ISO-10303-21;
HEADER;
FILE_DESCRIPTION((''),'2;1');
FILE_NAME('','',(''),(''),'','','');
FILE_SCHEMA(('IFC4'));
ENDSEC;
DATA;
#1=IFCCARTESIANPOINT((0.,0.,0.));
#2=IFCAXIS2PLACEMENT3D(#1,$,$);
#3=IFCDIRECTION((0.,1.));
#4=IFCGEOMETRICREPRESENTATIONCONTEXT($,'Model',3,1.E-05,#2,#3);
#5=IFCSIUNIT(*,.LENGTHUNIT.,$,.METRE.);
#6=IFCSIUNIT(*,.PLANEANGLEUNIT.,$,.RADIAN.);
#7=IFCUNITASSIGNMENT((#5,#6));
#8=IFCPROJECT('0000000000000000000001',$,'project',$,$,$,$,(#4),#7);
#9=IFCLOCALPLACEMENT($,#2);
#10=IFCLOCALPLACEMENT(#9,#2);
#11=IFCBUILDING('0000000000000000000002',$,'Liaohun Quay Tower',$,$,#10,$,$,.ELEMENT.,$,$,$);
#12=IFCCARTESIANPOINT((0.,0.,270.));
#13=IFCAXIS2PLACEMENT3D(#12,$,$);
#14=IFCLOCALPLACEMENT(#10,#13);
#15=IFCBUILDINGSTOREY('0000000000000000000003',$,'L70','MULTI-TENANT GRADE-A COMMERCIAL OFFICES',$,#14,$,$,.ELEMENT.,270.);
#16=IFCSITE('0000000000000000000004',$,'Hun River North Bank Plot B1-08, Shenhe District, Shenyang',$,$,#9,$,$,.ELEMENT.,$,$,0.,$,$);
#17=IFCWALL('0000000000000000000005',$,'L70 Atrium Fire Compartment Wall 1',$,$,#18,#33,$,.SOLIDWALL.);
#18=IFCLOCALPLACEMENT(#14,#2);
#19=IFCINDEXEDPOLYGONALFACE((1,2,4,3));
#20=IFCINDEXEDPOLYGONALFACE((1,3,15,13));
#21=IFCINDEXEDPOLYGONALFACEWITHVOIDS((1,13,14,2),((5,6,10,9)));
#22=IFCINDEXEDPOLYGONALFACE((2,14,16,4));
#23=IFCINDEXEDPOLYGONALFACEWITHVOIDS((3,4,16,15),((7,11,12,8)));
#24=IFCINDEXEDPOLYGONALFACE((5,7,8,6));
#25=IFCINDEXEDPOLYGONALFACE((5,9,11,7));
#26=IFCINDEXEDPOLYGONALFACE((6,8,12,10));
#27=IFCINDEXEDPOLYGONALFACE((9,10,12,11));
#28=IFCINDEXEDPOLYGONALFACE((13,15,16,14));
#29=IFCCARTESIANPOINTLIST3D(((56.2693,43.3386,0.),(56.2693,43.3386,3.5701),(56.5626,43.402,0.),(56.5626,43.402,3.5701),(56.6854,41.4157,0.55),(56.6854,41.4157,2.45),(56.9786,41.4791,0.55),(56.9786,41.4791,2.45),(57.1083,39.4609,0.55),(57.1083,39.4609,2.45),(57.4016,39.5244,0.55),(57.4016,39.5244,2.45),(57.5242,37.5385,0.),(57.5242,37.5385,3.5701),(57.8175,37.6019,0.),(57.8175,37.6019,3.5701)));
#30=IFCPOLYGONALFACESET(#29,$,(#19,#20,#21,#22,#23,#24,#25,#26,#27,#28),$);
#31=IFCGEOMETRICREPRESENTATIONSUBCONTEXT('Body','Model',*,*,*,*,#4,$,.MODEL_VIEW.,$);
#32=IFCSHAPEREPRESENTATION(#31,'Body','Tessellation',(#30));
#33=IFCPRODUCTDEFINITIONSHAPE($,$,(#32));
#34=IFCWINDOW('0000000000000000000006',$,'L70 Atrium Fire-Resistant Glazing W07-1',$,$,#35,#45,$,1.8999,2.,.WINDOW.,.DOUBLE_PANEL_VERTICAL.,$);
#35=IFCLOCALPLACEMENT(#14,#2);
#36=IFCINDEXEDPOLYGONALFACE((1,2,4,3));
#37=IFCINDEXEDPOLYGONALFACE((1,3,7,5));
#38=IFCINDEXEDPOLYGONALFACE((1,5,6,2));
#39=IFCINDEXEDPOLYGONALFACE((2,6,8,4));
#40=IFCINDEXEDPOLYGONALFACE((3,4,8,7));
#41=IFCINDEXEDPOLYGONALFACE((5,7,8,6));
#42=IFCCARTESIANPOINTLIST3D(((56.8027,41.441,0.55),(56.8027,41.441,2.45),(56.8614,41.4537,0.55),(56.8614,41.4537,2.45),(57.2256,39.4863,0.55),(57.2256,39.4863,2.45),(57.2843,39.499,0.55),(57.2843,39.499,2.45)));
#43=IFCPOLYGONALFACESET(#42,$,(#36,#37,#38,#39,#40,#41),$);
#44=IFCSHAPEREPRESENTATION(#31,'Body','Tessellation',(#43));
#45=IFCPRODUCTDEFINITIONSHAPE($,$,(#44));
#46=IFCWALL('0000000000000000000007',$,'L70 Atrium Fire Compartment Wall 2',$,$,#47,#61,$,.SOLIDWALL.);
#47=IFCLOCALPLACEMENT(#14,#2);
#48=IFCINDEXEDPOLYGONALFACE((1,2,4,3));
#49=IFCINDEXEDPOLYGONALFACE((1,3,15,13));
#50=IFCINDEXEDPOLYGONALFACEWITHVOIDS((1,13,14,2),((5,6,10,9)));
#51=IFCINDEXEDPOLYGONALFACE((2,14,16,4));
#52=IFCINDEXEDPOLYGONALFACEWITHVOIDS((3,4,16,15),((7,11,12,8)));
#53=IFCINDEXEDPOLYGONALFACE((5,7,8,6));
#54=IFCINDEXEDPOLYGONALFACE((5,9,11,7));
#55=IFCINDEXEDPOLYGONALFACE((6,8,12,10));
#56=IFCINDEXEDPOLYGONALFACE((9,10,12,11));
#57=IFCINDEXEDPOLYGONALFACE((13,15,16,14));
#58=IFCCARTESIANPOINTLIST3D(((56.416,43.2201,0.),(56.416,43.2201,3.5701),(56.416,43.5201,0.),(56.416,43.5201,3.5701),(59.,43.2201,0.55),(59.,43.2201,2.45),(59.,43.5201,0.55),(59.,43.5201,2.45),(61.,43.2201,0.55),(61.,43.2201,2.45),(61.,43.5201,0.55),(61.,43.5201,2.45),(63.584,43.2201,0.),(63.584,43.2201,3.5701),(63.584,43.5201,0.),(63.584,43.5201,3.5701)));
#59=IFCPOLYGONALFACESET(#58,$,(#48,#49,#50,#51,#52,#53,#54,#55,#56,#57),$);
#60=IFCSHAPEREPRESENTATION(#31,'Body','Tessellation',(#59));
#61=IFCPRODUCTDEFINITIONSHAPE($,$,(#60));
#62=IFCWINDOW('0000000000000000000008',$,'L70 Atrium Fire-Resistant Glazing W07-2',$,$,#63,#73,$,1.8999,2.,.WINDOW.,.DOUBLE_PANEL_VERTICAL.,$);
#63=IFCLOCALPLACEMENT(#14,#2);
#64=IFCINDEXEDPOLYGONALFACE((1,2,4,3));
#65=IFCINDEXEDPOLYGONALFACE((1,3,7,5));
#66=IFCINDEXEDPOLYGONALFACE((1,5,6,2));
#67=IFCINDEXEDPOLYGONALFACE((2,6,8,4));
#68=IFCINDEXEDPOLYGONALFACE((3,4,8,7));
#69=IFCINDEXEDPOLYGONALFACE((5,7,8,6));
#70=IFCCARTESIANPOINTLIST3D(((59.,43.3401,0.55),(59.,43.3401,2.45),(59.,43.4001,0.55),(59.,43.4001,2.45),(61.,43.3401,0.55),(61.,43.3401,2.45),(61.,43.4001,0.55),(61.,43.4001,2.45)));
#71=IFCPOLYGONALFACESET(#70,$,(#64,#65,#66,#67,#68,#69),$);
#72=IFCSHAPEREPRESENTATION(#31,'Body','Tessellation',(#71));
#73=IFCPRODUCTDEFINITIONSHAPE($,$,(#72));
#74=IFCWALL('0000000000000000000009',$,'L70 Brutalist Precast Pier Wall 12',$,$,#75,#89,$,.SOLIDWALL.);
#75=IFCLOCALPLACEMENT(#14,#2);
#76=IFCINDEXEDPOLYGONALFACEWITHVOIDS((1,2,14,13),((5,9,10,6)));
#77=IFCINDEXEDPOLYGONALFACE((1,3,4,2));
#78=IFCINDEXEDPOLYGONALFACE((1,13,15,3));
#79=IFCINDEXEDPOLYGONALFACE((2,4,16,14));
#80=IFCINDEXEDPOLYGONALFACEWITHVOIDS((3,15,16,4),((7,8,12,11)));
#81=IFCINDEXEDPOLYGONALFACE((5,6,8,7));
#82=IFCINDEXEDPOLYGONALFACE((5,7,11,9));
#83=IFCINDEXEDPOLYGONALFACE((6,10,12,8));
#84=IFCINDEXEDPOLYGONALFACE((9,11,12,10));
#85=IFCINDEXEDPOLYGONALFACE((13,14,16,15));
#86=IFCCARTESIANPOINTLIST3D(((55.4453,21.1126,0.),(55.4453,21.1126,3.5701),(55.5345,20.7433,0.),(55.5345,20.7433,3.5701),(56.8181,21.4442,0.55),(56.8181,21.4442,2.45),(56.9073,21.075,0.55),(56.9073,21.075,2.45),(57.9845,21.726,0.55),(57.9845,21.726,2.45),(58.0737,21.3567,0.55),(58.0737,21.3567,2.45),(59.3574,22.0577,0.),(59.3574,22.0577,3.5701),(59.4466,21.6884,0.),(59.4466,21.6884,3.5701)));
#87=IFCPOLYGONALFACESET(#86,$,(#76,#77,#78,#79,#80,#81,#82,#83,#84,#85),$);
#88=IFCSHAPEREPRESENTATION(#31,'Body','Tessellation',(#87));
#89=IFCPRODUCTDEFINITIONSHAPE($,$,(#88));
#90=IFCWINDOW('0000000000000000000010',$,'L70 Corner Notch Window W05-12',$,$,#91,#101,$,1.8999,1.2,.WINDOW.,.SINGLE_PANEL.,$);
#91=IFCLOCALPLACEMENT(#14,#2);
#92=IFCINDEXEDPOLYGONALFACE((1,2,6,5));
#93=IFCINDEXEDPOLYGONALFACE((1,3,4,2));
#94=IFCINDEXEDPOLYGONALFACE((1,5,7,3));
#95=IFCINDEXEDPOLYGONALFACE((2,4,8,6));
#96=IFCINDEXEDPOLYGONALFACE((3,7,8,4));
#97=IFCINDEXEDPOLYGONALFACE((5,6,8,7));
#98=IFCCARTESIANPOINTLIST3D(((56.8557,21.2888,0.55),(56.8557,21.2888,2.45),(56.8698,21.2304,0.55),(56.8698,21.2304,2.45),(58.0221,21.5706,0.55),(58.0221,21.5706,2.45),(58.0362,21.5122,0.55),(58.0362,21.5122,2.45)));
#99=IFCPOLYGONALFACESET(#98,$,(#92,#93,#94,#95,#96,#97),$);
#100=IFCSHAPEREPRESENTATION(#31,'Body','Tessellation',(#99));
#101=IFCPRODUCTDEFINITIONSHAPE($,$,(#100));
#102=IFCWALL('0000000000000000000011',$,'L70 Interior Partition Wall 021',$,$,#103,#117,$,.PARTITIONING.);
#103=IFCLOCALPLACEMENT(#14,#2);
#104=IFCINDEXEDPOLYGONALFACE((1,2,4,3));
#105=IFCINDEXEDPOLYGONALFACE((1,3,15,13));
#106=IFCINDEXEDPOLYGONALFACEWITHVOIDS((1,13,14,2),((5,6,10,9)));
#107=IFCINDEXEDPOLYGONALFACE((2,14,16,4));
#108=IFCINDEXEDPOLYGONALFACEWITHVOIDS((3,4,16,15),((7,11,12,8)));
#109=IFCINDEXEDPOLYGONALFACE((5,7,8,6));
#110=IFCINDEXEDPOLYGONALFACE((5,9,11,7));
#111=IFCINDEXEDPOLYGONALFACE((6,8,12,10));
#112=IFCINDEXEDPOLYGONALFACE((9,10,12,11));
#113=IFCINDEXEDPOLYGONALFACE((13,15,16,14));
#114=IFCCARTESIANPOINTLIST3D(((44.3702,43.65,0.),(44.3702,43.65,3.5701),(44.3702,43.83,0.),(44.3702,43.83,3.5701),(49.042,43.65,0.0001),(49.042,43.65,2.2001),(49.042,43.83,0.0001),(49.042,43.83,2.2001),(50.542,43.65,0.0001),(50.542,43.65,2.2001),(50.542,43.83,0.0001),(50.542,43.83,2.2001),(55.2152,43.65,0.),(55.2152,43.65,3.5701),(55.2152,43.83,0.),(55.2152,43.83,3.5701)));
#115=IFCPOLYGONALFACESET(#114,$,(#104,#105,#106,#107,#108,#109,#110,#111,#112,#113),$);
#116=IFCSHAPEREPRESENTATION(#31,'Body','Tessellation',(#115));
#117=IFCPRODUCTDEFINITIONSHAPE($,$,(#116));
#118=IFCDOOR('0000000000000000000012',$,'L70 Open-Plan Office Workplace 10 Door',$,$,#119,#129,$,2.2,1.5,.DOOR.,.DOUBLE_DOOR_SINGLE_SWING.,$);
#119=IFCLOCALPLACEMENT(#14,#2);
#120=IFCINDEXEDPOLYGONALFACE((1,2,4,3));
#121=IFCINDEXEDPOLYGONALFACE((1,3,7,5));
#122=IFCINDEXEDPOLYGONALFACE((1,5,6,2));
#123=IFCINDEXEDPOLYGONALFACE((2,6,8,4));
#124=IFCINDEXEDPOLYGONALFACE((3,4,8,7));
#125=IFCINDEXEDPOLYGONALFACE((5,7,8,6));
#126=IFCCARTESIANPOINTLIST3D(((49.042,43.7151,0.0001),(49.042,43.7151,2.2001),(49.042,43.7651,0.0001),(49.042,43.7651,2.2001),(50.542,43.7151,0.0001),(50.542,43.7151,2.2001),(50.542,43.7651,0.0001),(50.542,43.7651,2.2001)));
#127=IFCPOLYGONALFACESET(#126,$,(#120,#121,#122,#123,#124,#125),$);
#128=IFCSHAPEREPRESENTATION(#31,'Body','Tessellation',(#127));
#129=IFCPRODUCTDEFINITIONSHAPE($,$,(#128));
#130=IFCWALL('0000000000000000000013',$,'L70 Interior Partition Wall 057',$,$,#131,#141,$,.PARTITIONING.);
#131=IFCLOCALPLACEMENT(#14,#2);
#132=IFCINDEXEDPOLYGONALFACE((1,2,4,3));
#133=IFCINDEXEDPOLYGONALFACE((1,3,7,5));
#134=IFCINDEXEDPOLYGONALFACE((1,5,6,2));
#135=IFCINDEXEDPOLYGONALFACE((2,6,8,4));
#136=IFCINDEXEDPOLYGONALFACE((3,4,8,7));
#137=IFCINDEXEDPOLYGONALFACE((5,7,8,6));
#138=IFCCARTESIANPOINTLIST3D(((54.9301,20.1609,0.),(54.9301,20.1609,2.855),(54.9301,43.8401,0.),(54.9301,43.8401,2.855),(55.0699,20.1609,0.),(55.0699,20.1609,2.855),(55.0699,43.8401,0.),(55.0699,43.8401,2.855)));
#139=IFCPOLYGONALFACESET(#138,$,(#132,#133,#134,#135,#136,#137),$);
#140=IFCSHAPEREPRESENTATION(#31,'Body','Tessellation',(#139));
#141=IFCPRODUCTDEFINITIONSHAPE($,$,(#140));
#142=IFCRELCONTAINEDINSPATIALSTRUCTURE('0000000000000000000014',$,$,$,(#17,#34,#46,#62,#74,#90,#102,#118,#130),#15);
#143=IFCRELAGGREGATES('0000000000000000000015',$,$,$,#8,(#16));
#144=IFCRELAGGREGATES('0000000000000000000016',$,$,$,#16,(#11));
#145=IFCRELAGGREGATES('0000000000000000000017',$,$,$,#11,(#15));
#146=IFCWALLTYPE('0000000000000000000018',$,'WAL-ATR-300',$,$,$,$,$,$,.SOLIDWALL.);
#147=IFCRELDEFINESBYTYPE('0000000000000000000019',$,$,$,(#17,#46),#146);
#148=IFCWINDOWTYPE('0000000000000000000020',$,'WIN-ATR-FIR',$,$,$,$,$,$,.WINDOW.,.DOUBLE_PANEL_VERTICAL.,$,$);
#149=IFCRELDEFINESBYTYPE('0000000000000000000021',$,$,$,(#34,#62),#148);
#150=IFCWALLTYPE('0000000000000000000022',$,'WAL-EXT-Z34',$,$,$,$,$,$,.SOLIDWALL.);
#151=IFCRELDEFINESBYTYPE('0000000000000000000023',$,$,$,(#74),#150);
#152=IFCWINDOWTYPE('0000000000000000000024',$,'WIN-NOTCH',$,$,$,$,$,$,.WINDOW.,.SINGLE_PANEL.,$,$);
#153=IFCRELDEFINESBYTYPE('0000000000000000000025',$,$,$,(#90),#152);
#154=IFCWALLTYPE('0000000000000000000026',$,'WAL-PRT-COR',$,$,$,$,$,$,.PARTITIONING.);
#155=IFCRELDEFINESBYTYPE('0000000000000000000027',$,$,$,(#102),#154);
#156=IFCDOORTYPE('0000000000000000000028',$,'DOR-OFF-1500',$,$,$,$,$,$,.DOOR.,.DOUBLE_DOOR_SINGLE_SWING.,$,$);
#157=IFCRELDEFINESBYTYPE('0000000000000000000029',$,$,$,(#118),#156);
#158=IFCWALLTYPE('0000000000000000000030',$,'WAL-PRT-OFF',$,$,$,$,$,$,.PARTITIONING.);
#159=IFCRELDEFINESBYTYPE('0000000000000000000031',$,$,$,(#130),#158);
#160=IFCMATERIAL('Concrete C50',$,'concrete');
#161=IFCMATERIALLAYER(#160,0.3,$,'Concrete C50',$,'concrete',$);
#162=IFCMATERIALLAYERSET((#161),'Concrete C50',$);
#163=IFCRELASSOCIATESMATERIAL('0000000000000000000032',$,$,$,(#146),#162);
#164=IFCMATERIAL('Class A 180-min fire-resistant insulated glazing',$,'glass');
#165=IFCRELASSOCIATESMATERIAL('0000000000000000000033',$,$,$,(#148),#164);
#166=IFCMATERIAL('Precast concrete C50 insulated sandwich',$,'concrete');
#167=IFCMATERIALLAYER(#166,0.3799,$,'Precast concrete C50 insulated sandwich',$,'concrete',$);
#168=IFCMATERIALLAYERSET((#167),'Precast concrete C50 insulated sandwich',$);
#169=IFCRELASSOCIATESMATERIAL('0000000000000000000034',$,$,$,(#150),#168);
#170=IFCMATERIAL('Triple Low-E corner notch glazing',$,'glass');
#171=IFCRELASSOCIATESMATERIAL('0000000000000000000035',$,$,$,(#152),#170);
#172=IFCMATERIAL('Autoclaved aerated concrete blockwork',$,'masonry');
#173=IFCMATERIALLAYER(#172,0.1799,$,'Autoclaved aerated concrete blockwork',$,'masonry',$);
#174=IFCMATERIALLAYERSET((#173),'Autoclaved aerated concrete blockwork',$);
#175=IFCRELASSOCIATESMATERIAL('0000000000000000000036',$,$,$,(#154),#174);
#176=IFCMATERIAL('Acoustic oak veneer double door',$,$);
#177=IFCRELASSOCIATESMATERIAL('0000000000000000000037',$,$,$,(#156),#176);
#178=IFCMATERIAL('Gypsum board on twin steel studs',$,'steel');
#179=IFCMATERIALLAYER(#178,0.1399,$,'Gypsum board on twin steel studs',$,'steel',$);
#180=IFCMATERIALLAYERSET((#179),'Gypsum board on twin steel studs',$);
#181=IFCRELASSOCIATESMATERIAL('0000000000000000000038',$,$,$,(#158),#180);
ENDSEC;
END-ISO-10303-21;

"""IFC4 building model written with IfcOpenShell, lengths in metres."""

from ifc_helpers import new_model, si_unit, direction, frame, frame_2d, origin, place, context, subcontext, project, spatial, rectangle, extrude, source, transform, mapped, material, layer, layer_set, type_object, element, fill, save


model = new_model("IFC4")

# Units and contexts
model_context = context("Model", 3, precision=1e-05, world=origin(), true_north=direction((0.0, 1.0)))
body_context = subcontext(model_context, "Body", "Model", "MODEL_VIEW")
ifc_project = project(units=[si_unit("LENGTHUNIT", "METRE"), si_unit("PLANEANGLEUNIT", "RADIAN")], contexts=[model_context])

# Site, building, storey
site_placement = place(None, origin())
site = spatial("IfcSite", under=ifc_project, at=site_placement, Name="Hun River North Bank Plot B1-08, Shenhe District, Shenyang", CompositionType="ELEMENT", RefElevation=0.0)
building_placement = place(site_placement, origin())
building = spatial("IfcBuilding", under=site, at=building_placement, Name="Liaohun Quay Tower", CompositionType="ELEMENT")
storey_placement = place(building_placement, frame((0.0, 0.0, 270.0)))
storey = spatial("IfcBuildingStorey", under=building, at=storey_placement, Name="L70", Description="MULTI-TENANT GRADE-A COMMERCIAL OFFICES", CompositionType="ELEMENT", Elevation=270.0)

# Walls, openings, windows
ifc_material_1 = material(Name="Concrete C50", Category="concrete")
ifc_layer_1 = layer(ifc_material_1, 0.3, Name="Concrete C50", Category="concrete")
ifc_layer_set_1 = layer_set([ifc_layer_1], Name="Concrete C50")
wall_type_1 = type_object("IfcWallType", Name="WAL-ATR-300", PredefinedType="SOLIDWALL", material=ifc_layer_set_1)
wall_1_placement = place(storey_placement, frame((57.6709, 37.5701, 0.0), z_axis=(0.0, 0.0, 1.0), x_axis=(-0.211465, 0.977386, 0.0)))
wall_1 = element("IfcWall", 1, at=wall_1_placement, inside=storey, type_object=wall_type_1, Name="L70 Atrium Fire Compartment Wall 1", PredefinedType="SOLIDWALL", context=body_context, shape_type="SweptSolid", body=[
    extrude(rectangle(XDim=5.9343, YDim=0.3, at=frame_2d((2.9673, 0.0))), origin(), (0.0, 0.0, 1.0), 3.5701),
])
shared_shape_1 = source(origin(), body_context, "Body", "SweptSolid", [
    extrude(rectangle(XDim=2.0, YDim=1.8999, at=frame_2d((1.0, 0.95))), frame((0.0, 0.1599, 0.0), z_axis=(0.0, -1.0, 0.0), x_axis=(1.0, 0.0, 0.0)), (0.0, 0.0, 1.0), 0.3201),
])
opening_1_placement = place(wall_1_placement, frame((1.967, 0.0, 0.55)))
opening_1 = element("IfcOpeningElement", 2, at=opening_1_placement, cuts=wall_1, PredefinedType="OPENING", context=body_context, shape_type="MappedRepresentation", body=[
    mapped(shared_shape_1, transform((0.0, 0.0, 0.0), x_axis=(1.0, 0.0, 0.0), y_axis=(0.0, 1.0, 0.0), z_axis=(0.0, 0.0, 1.0), scale=1.0)),
])
ifc_material_2 = material(Name="Class A 180-min fire-resistant insulated glazing", Category="glass")
window_type_1 = type_object("IfcWindowType", Name="WIN-ATR-FIR", PartitioningType="DOUBLE_PANEL_VERTICAL", PredefinedType="WINDOW", material=ifc_material_2)
shared_shape_2 = source(origin(), body_context, "Body", "SweptSolid", [
    extrude(rectangle(XDim=2.0, YDim=1.8999, at=frame_2d((1.0, 0.95))), frame((0.0, 0.03, 0.0), z_axis=(0.0, -1.0, 0.0), x_axis=(1.0, 0.0, 0.0)), (0.0, 0.0, 1.0), 0.0601),
])
window_1_placement = place(opening_1_placement, origin())
window_1 = element("IfcWindow", 3, at=window_1_placement, inside=storey, type_object=window_type_1, Name="L70 Atrium Fire-Resistant Glazing W07-1", OverallHeight=1.8999, OverallWidth=2.0, PartitioningType="DOUBLE_PANEL_VERTICAL", PredefinedType="WINDOW", context=body_context, shape_type="MappedRepresentation", body=[
    mapped(shared_shape_2, transform((0.0, 0.0, 0.0), x_axis=(1.0, 0.0, 0.0), y_axis=(0.0, 1.0, 0.0), z_axis=(0.0, 0.0, 1.0), scale=1.0)),
])
fill(opening_1, window_1)
wall_2_placement = place(storey_placement, frame((56.416, 43.3701, 0.0), z_axis=(0.0, 0.0, 1.0), x_axis=(1.0, 0.0, 0.0)))
wall_2 = element("IfcWall", 4, at=wall_2_placement, inside=storey, type_object=wall_type_1, Name="L70 Atrium Fire Compartment Wall 2", PredefinedType="SOLIDWALL", context=body_context, shape_type="SweptSolid", body=[
    extrude(rectangle(XDim=7.168, YDim=0.3, at=frame_2d((3.584, 0.0))), origin(), (0.0, 0.0, 1.0), 3.5701),
])
opening_2_placement = place(wall_2_placement, frame((2.584, 0.0, 0.55)))
opening_2 = element("IfcOpeningElement", 5, at=opening_2_placement, cuts=wall_2, PredefinedType="OPENING", context=body_context, shape_type="MappedRepresentation", body=[
    mapped(shared_shape_1, transform((0.0, 0.0, 0.0), x_axis=(1.0, 0.0, 0.0), y_axis=(0.0, 1.0, 0.0), z_axis=(0.0, 0.0, 1.0), scale=1.0)),
])
window_2_placement = place(opening_2_placement, origin())
window_2 = element("IfcWindow", 6, at=window_2_placement, inside=storey, type_object=window_type_1, Name="L70 Atrium Fire-Resistant Glazing W07-2", OverallHeight=1.8999, OverallWidth=2.0, PartitioningType="DOUBLE_PANEL_VERTICAL", PredefinedType="WINDOW", context=body_context, shape_type="MappedRepresentation", body=[
    mapped(shared_shape_2, transform((0.0, 0.0, 0.0), x_axis=(1.0, 0.0, 0.0), y_axis=(0.0, 1.0, 0.0), z_axis=(0.0, 0.0, 1.0), scale=1.0)),
])
fill(opening_2, window_2)
ifc_material_3 = material(Name="Precast concrete C50 insulated sandwich", Category="concrete")
ifc_layer_2 = layer(ifc_material_3, 0.3799, Name="Precast concrete C50 insulated sandwich", Category="concrete")
ifc_layer_set_2 = layer_set([ifc_layer_2], Name="Precast concrete C50 insulated sandwich")
wall_type_2 = type_object("IfcWallType", Name="WAL-EXT-Z34", PredefinedType="SOLIDWALL", material=ifc_layer_set_2)
wall_3_placement = place(storey_placement, frame((55.49, 20.928, 0.0), z_axis=(0.0, 0.0, 1.0), x_axis=(0.972039, 0.23482, 0.0)))
wall_3 = element("IfcWall", 7, at=wall_3_placement, inside=storey, type_object=wall_type_2, Name="L70 Brutalist Precast Pier Wall 12", PredefinedType="SOLIDWALL", context=body_context, shape_type="SweptSolid", body=[
    extrude(rectangle(XDim=4.0247, YDim=0.3799, at=frame_2d((2.0122, 0.0))), origin(), (0.0, 0.0, 1.0), 3.5701),
])
shared_shape_3 = source(origin(), body_context, "Body", "SweptSolid", [
    extrude(rectangle(XDim=1.2, YDim=1.8999, at=frame_2d((0.6001, 0.95))), frame((0.0, 0.2, 0.0), z_axis=(0.0, -1.0, 0.0), x_axis=(1.0, 0.0, 0.0)), (0.0, 0.0, 1.0), 0.3999),
])
opening_3_placement = place(wall_3_placement, frame((1.4121, 0.0, 0.55)))
opening_3 = element("IfcOpeningElement", 8, at=opening_3_placement, cuts=wall_3, PredefinedType="OPENING", context=body_context, shape_type="MappedRepresentation", body=[
    mapped(shared_shape_3, transform((0.0, 0.0, 0.0), x_axis=(1.0, 0.0, 0.0), y_axis=(0.0, 1.0, 0.0), z_axis=(0.0, 0.0, 1.0), scale=1.0)),
])
ifc_material_4 = material(Name="Triple Low-E corner notch glazing", Category="glass")
window_type_2 = type_object("IfcWindowType", Name="WIN-NOTCH", PartitioningType="SINGLE_PANEL", PredefinedType="WINDOW", material=ifc_material_4)
shared_shape_4 = source(origin(), body_context, "Body", "SweptSolid", [
    extrude(rectangle(XDim=1.2, YDim=1.8999, at=frame_2d((0.6001, 0.95))), frame((0.0, 0.03, 0.0), z_axis=(0.0, -1.0, 0.0), x_axis=(1.0, 0.0, 0.0)), (0.0, 0.0, 1.0), 0.0601),
])
window_3_placement = place(opening_3_placement, origin())
window_3 = element("IfcWindow", 9, at=window_3_placement, inside=storey, type_object=window_type_2, Name="L70 Corner Notch Window W05-12", OverallHeight=1.8999, OverallWidth=1.2, PartitioningType="SINGLE_PANEL", PredefinedType="WINDOW", context=body_context, shape_type="MappedRepresentation", body=[
    mapped(shared_shape_4, transform((0.0, 0.0, 0.0), x_axis=(1.0, 0.0, 0.0), y_axis=(0.0, 1.0, 0.0), z_axis=(0.0, 0.0, 1.0), scale=1.0)),
])
fill(opening_3, window_3)

# Wall, opening, door
ifc_material_5 = material(Name="Autoclaved aerated concrete blockwork", Category="masonry")
ifc_layer_3 = layer(ifc_material_5, 0.1799, Name="Autoclaved aerated concrete blockwork", Category="masonry")
ifc_layer_set_3 = layer_set([ifc_layer_3], Name="Autoclaved aerated concrete blockwork")
wall_type_3 = type_object("IfcWallType", Name="WAL-PRT-COR", PredefinedType="PARTITIONING", material=ifc_layer_set_3)
wall_4_placement = place(storey_placement, frame((55.2151, 43.74, 0.0), z_axis=(0.0, 0.0, 1.0), x_axis=(-1.0, 0.0, 0.0)))
wall_4 = element("IfcWall", 10, at=wall_4_placement, inside=storey, type_object=wall_type_3, Name="L70 Interior Partition Wall 021", PredefinedType="PARTITIONING", context=body_context, shape_type="SweptSolid", body=[
    extrude(rectangle(XDim=10.845, YDim=0.1799, at=frame_2d((5.4224, 0.0))), origin(), (0.0, 0.0, 1.0), 3.5701),
])
shared_shape_5 = source(origin(), body_context, "Body", "SweptSolid", [
    extrude(rectangle(XDim=1.5, YDim=2.2, at=frame_2d((0.75, 1.1001))), frame((0.0, 0.0999, 0.0), z_axis=(0.0, -1.0, 0.0), x_axis=(1.0, 0.0, 0.0)), (0.0, 0.0, 1.0), 0.2),
])
opening_4_placement = place(wall_4_placement, frame((4.6731, 0.0, 0.0)))
opening_4 = element("IfcOpeningElement", 11, at=opening_4_placement, cuts=wall_4, PredefinedType="OPENING", context=body_context, shape_type="MappedRepresentation", body=[
    mapped(shared_shape_5, transform((0.0, 0.0, 0.0), x_axis=(1.0, 0.0, 0.0), y_axis=(0.0, 1.0, 0.0), z_axis=(0.0, 0.0, 1.0), scale=1.0)),
])
ifc_material_6 = material(Name="Acoustic oak veneer double door")
door_type = type_object("IfcDoorType", Name="DOR-OFF-1500", OperationType="DOUBLE_DOOR_SINGLE_SWING", PredefinedType="DOOR", material=ifc_material_6)
shared_shape_6 = source(origin(), body_context, "Body", "SweptSolid", [
    extrude(rectangle(XDim=1.5, YDim=2.2, at=frame_2d((0.75, 1.1001))), frame((0.0, 0.0249, 0.0), z_axis=(0.0, -1.0, 0.0), x_axis=(1.0, 0.0, 0.0)), (0.0, 0.0, 1.0), 0.05),
])
door_placement = place(opening_4_placement, origin())
door = element("IfcDoor", 12, at=door_placement, inside=storey, type_object=door_type, Name="L70 Open-Plan Office Workplace 10 Door", OperationType="DOUBLE_DOOR_SINGLE_SWING", OverallHeight=2.2, OverallWidth=1.5, PredefinedType="DOOR", context=body_context, shape_type="MappedRepresentation", body=[
    mapped(shared_shape_6, transform((0.0, 0.0, 0.0), x_axis=(1.0, 0.0, 0.0), y_axis=(0.0, 1.0, 0.0), z_axis=(0.0, 0.0, 1.0), scale=1.0)),
])
fill(opening_4, door)

# Wall
ifc_material_7 = material(Name="Gypsum board on twin steel studs", Category="steel")
ifc_layer_4 = layer(ifc_material_7, 0.1399, Name="Gypsum board on twin steel studs", Category="steel")
ifc_layer_set_4 = layer_set([ifc_layer_4], Name="Gypsum board on twin steel studs")
wall_type_4 = type_object("IfcWallType", Name="WAL-PRT-OFF", PredefinedType="PARTITIONING", material=ifc_layer_set_4)
wall_5_placement = place(storey_placement, frame((55.0, 43.8401, 0.0), z_axis=(0.0, 0.0, 1.0), x_axis=(0.0, -1.0, 0.0)))
element("IfcWall", 13, at=wall_5_placement, inside=storey, type_object=wall_type_4, Name="L70 Interior Partition Wall 057", PredefinedType="PARTITIONING", context=body_context, shape_type="SweptSolid", body=[
    extrude(rectangle(XDim=23.6792, YDim=0.1399, at=frame_2d((11.8396, 0.0))), origin(), (0.0, 0.0, 1.0), 2.855),
])

save(model, "model.ifc")
